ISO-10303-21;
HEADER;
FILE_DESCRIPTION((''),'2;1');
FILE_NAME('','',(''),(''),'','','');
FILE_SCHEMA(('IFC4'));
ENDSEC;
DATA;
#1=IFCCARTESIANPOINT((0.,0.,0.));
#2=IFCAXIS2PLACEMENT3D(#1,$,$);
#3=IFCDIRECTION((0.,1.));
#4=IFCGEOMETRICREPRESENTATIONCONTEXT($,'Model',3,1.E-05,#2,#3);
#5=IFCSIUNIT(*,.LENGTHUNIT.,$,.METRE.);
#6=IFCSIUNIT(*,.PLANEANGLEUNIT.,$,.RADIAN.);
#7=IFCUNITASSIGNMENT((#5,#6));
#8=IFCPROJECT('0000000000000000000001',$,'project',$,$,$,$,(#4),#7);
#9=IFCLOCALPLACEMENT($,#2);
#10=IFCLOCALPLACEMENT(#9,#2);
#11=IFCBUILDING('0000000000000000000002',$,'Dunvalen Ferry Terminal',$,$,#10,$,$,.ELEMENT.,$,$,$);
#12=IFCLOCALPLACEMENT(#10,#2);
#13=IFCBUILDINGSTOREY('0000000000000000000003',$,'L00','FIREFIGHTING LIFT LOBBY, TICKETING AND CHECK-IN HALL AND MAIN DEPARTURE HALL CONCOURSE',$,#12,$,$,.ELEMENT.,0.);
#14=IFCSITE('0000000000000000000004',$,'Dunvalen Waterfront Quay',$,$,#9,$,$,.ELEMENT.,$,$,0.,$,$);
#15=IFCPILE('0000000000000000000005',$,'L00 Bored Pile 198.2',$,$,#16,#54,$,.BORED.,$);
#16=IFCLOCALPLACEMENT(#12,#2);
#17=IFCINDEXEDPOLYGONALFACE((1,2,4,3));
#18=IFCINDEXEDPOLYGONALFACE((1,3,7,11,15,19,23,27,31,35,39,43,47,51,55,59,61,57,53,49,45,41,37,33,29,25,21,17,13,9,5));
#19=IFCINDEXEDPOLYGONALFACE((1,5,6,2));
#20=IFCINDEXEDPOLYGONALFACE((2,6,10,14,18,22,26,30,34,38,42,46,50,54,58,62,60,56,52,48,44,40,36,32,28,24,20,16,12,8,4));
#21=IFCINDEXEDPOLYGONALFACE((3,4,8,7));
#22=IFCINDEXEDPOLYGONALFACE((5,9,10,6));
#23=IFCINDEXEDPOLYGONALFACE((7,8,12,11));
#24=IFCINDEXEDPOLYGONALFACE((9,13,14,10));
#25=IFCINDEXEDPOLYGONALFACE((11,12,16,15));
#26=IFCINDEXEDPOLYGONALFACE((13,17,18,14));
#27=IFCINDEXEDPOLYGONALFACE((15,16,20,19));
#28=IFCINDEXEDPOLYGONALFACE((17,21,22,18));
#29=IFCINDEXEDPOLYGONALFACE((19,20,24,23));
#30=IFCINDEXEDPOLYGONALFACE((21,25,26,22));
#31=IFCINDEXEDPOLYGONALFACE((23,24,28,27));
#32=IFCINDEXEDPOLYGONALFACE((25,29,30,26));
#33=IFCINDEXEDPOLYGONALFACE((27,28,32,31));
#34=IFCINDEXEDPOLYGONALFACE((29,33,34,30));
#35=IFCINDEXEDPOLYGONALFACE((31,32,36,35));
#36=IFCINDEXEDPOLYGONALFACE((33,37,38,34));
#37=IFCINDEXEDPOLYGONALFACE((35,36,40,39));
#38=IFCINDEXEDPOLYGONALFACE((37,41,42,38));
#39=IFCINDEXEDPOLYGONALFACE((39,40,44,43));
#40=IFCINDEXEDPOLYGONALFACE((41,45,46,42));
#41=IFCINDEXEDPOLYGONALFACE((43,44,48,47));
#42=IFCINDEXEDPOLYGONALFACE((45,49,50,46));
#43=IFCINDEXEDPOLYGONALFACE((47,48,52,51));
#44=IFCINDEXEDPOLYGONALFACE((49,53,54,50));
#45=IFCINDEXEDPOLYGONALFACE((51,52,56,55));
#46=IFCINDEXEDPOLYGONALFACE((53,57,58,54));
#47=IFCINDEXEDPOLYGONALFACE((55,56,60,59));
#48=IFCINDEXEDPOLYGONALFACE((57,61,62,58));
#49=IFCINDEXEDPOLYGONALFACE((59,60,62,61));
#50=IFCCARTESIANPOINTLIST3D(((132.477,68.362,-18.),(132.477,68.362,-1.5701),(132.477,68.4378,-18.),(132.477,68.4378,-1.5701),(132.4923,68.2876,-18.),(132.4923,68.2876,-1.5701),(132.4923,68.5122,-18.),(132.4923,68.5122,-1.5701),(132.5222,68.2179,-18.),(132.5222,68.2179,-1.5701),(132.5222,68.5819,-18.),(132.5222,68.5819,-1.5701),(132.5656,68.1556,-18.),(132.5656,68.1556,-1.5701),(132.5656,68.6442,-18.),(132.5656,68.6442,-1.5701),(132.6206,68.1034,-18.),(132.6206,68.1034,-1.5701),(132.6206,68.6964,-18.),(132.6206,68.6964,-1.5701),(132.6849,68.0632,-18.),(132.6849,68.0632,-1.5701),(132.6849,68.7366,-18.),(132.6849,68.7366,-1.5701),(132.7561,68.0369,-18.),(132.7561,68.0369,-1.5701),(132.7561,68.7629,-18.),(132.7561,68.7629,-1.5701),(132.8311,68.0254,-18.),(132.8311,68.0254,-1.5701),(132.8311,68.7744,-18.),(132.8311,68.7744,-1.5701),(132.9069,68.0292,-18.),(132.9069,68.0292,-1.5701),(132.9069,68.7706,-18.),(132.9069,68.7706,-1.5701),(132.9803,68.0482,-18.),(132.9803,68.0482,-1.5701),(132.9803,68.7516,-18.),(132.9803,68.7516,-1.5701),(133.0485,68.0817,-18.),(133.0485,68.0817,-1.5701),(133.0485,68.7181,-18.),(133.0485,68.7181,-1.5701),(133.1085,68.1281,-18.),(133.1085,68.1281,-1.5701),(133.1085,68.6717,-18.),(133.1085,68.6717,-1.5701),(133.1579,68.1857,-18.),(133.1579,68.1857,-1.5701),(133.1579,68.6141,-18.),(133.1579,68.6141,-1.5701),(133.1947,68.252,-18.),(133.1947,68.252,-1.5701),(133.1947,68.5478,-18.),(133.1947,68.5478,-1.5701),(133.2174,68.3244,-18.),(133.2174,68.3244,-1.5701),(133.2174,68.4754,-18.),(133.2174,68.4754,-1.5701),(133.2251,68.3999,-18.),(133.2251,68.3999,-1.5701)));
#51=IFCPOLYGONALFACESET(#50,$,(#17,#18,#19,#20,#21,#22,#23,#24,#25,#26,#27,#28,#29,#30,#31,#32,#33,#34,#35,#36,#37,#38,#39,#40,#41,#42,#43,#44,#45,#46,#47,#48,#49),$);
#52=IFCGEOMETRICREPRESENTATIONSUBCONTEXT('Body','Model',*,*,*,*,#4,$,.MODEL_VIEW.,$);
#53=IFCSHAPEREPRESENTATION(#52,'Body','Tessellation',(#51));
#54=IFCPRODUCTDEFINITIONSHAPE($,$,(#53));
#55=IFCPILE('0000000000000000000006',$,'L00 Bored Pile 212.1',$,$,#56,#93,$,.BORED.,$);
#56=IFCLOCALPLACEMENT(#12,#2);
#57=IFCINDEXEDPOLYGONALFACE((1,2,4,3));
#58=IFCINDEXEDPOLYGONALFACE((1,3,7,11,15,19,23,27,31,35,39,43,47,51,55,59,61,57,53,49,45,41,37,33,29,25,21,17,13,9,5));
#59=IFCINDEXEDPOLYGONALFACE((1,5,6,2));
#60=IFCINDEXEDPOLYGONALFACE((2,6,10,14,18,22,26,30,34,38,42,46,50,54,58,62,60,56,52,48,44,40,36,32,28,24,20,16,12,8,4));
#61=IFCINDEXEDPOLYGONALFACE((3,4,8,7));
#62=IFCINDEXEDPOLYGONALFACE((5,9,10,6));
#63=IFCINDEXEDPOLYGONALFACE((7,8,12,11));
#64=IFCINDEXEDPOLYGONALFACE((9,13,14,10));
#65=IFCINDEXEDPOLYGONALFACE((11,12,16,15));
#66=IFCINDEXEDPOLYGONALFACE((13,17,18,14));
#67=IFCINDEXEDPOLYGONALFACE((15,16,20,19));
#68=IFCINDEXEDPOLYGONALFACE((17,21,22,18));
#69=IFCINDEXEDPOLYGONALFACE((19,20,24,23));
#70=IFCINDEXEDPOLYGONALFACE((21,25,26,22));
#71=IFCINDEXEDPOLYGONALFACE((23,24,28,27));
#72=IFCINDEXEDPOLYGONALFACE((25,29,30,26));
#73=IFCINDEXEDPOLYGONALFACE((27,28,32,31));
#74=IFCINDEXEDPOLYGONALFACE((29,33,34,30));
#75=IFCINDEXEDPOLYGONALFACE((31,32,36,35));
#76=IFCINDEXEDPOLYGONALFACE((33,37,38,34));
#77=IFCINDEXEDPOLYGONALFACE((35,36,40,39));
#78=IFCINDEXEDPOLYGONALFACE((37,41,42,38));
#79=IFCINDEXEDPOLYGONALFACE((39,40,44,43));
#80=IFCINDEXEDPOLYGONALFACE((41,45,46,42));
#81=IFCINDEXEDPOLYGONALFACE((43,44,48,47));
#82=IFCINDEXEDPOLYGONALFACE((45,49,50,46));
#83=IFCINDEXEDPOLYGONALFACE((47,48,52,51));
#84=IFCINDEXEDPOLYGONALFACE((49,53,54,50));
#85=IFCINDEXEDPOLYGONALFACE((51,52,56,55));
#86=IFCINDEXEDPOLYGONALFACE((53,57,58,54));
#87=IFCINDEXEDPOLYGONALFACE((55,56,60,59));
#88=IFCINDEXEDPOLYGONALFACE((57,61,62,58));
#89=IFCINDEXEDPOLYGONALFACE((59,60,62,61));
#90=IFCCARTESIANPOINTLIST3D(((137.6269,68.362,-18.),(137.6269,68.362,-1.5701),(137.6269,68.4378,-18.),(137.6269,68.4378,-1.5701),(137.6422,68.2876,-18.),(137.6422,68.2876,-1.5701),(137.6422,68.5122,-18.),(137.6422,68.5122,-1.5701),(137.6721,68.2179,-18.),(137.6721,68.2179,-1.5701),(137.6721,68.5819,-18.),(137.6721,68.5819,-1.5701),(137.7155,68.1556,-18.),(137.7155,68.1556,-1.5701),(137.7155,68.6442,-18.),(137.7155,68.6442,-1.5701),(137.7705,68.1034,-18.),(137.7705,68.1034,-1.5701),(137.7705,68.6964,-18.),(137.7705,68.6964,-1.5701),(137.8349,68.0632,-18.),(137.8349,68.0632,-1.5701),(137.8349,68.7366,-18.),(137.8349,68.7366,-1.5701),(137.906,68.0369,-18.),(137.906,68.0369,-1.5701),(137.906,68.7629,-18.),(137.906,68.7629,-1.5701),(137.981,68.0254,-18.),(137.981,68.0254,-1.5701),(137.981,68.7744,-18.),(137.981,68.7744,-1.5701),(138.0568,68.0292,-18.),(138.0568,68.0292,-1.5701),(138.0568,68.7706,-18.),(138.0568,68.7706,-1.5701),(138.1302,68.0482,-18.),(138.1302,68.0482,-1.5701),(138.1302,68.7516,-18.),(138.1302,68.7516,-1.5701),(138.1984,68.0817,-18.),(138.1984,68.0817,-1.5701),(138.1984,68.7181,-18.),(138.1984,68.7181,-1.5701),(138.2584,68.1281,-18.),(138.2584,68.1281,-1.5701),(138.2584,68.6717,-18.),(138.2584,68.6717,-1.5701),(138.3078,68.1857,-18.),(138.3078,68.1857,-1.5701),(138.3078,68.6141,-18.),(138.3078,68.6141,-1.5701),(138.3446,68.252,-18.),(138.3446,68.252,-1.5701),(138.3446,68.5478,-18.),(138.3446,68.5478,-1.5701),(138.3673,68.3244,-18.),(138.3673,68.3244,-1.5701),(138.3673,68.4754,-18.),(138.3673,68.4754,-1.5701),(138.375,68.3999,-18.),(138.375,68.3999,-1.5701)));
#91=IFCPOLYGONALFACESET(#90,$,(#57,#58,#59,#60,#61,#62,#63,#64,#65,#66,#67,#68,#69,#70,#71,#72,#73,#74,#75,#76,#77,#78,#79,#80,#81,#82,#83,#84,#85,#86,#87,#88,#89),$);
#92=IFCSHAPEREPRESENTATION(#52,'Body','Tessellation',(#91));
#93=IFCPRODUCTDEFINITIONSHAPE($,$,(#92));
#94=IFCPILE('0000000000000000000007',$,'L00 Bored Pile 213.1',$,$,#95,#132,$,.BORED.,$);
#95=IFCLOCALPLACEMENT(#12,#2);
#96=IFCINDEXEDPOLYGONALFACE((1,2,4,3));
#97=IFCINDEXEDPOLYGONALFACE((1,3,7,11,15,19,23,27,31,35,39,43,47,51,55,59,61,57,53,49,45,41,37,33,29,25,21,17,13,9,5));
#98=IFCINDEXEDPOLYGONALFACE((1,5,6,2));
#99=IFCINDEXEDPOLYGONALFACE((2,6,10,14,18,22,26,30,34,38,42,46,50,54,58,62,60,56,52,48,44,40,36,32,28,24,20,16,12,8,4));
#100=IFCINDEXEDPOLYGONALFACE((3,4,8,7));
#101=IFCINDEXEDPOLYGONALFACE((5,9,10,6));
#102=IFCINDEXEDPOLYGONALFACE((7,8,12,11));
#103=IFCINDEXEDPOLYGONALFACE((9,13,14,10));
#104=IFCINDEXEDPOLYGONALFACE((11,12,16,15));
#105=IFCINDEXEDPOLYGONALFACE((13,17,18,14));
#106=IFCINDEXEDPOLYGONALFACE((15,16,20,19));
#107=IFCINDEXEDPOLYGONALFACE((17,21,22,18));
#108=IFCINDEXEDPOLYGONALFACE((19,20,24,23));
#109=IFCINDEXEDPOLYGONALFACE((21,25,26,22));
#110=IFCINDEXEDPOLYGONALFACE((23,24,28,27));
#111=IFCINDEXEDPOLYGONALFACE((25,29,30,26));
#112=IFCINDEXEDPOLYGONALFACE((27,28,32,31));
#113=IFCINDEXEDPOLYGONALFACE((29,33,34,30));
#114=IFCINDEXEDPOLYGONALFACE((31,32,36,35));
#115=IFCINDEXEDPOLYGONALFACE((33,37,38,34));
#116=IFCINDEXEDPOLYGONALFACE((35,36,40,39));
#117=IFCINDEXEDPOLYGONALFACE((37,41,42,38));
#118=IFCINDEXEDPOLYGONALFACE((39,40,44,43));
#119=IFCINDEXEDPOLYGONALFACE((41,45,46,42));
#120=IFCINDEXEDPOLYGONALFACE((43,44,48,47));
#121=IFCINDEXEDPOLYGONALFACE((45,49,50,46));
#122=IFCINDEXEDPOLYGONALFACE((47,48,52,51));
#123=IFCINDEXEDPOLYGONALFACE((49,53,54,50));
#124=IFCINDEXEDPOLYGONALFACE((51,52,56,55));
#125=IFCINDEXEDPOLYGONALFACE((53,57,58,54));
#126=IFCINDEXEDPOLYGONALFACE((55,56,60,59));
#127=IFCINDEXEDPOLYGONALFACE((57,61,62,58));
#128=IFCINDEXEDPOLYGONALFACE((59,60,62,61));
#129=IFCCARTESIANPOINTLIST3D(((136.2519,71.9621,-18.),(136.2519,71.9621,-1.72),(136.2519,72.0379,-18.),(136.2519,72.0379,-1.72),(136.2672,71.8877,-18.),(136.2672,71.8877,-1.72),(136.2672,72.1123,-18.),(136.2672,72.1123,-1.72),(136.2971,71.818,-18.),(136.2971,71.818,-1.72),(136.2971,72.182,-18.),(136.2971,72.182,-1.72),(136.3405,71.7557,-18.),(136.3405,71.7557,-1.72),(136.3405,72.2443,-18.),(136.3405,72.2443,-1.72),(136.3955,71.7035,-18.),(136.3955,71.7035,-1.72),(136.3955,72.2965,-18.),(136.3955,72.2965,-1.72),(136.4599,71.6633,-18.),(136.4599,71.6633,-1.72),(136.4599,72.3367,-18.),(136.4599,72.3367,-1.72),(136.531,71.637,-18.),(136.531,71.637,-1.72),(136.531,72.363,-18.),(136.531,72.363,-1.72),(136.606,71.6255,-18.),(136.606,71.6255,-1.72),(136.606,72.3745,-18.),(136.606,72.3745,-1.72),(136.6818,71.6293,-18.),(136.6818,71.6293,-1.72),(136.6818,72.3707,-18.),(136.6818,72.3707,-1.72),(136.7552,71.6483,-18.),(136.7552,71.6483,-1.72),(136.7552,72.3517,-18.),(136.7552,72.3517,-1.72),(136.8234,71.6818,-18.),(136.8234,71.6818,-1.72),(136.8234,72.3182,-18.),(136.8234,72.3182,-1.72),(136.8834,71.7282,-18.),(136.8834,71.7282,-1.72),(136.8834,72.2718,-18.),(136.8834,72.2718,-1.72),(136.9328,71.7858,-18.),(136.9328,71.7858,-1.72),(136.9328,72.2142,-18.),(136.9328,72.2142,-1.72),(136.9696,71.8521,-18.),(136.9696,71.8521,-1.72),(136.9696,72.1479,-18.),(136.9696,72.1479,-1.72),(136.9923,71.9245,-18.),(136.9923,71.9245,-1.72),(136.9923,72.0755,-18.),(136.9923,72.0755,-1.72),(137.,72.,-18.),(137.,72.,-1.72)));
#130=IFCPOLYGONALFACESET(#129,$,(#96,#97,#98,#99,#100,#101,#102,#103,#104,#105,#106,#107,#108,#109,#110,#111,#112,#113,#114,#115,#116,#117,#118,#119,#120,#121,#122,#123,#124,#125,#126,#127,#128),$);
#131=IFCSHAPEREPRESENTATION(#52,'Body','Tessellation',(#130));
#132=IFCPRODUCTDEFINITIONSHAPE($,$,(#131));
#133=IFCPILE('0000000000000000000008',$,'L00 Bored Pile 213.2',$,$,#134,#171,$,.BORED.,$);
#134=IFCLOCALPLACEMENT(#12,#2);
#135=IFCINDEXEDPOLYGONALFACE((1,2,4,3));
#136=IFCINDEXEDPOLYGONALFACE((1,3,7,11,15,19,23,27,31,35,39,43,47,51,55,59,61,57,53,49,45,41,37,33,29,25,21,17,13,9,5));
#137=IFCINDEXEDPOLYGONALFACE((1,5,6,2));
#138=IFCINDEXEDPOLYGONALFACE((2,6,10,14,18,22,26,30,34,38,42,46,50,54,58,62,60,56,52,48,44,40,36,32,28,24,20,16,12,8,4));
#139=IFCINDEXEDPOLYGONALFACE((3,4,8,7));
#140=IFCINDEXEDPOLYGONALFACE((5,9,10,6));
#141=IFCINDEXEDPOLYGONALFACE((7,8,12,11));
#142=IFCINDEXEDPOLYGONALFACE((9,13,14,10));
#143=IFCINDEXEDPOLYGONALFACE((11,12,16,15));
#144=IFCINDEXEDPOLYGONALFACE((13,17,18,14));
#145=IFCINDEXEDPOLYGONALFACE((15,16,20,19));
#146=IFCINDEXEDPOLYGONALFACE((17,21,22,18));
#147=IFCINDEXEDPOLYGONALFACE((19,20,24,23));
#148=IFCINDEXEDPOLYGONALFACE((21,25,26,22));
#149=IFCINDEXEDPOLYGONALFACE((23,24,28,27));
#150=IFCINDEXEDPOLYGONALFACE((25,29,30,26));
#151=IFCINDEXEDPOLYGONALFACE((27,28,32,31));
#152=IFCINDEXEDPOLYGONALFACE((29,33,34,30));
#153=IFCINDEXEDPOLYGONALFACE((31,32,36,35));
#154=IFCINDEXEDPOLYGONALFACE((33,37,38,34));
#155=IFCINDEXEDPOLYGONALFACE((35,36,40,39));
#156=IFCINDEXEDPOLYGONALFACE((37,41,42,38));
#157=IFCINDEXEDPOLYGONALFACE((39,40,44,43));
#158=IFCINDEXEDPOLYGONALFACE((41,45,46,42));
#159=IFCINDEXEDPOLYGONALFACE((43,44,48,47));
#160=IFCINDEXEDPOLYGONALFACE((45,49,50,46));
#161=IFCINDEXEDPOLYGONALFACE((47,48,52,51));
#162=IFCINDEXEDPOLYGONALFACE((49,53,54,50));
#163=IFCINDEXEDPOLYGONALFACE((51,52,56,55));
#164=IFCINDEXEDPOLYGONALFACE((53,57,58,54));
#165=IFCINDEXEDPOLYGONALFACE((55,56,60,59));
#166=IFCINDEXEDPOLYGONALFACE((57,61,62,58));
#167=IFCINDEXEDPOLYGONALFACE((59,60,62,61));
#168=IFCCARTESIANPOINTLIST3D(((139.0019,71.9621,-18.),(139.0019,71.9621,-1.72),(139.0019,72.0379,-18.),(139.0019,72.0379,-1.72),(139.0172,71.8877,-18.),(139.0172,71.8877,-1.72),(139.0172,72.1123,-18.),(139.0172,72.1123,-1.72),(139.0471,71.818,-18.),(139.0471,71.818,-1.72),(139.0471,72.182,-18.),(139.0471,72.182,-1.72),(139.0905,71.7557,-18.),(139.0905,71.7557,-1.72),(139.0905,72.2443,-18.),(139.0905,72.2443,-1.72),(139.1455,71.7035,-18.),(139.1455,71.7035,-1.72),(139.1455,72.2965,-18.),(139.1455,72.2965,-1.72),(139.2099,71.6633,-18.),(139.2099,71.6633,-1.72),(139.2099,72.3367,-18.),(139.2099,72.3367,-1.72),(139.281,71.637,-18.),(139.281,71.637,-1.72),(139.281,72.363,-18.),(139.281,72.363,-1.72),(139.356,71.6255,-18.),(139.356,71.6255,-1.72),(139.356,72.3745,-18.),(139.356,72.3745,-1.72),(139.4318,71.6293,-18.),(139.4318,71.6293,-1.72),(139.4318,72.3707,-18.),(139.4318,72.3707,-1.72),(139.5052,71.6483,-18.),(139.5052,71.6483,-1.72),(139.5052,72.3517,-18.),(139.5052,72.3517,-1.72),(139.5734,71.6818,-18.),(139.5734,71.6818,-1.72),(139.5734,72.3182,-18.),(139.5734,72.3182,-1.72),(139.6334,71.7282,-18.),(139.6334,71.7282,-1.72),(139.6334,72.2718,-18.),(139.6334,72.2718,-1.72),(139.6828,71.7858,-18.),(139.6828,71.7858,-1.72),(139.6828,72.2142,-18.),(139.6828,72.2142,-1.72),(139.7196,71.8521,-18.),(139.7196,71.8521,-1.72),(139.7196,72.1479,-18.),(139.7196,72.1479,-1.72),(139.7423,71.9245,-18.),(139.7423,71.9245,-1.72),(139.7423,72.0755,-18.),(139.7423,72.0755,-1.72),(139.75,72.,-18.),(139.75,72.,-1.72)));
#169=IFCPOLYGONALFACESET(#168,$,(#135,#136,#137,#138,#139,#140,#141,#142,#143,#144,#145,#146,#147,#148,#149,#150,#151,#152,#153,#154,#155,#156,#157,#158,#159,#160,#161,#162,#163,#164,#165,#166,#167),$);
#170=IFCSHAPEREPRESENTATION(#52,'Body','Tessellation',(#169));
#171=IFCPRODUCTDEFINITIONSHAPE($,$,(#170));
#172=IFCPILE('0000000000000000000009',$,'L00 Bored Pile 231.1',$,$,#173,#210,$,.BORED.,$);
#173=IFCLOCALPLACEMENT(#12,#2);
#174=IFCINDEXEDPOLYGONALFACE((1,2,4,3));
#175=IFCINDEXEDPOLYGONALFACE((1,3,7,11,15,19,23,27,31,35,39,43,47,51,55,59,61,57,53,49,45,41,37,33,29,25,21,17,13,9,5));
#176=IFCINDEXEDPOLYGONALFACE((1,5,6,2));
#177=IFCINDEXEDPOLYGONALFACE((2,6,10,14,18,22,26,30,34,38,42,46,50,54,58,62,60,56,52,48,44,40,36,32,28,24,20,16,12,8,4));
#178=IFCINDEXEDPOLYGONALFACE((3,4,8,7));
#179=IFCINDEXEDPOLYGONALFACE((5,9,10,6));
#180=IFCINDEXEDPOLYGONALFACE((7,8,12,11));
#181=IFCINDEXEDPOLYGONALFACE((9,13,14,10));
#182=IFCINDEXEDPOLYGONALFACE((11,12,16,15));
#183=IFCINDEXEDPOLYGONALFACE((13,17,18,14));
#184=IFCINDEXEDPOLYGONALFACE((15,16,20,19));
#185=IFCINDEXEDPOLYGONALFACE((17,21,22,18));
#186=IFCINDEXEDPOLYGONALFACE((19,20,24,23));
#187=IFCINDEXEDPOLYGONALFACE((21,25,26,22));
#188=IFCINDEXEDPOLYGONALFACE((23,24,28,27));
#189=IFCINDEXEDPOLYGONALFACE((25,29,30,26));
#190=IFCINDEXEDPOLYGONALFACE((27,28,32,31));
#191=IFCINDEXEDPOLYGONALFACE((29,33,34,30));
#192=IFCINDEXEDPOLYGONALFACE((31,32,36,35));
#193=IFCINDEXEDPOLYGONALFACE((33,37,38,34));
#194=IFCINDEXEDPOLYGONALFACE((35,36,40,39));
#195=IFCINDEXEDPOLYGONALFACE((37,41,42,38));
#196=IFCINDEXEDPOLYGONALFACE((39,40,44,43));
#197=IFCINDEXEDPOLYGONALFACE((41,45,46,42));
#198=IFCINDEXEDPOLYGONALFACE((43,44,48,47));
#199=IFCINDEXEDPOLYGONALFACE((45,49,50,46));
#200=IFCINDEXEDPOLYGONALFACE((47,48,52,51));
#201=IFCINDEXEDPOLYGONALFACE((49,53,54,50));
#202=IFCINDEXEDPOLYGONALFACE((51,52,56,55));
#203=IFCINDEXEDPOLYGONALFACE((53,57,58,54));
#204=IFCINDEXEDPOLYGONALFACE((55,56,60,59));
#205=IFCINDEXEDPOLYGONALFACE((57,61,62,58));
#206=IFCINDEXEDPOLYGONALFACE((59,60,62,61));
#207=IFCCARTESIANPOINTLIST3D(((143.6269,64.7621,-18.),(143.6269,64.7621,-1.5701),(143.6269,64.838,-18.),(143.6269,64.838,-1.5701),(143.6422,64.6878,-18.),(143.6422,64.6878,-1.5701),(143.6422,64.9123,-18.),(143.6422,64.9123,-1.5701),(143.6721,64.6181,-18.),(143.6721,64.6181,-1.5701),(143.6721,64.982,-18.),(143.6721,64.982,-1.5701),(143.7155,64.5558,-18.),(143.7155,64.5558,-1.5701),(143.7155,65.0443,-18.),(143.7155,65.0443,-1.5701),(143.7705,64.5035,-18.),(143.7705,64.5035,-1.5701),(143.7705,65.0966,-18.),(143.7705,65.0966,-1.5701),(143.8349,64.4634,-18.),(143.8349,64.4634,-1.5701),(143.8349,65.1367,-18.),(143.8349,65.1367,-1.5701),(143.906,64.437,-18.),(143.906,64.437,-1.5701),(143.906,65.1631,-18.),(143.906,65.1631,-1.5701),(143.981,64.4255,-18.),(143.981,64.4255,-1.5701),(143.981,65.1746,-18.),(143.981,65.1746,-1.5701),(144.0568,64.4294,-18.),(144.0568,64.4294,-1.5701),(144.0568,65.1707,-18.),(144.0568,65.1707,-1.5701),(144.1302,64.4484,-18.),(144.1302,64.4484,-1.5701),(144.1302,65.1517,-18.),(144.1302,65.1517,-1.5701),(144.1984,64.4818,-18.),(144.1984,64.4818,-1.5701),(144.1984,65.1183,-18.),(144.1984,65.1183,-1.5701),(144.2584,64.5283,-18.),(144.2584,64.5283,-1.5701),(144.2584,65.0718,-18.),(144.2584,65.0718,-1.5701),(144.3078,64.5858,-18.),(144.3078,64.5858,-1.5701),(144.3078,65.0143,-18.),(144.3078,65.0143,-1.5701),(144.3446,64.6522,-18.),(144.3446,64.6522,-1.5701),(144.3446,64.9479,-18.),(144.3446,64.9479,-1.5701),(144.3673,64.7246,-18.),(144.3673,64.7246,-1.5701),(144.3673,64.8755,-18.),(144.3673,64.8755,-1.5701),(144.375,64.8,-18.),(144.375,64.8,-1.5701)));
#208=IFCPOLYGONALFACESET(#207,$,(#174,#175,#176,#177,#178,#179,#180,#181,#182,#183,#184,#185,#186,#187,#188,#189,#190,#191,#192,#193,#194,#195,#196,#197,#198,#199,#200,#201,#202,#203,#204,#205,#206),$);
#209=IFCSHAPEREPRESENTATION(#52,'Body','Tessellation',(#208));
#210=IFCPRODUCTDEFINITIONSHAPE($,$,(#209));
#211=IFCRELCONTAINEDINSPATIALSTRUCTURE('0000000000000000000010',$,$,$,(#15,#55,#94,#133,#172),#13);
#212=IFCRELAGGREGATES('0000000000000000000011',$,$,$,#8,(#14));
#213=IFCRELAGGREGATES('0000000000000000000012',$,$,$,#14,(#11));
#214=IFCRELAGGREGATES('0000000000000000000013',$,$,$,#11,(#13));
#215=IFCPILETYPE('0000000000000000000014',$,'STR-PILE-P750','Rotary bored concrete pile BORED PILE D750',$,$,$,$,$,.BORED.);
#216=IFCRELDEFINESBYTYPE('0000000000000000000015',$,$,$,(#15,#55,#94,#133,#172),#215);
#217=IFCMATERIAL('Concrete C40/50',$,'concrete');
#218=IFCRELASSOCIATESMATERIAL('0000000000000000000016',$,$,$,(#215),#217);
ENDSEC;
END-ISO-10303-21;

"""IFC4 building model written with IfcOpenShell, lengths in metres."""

from ifc_helpers import new_model, si_unit, direction, frame, origin, origin_2d, place, context, subcontext, project, spatial, circle, extrude, material, material_profile, profile_set, type_object, element, save


model = new_model("IFC4")

# Units and contexts
model_context = context("Model", 3, precision=1e-05, world=origin(), true_north=direction((0.0, 1.0)))
body_context = subcontext(model_context, "Body", "Model", "MODEL_VIEW")
ifc_project = project(units=[si_unit("LENGTHUNIT", "METRE"), si_unit("PLANEANGLEUNIT", "RADIAN")], contexts=[model_context])

# Site, building, storey
site_placement = place(None, origin())
site = spatial("IfcSite", under=ifc_project, at=site_placement, Name="Dunvalen Waterfront Quay", CompositionType="ELEMENT", RefElevation=0.0)
building_placement = place(site_placement, origin())
building = spatial("IfcBuilding", under=site, at=building_placement, Name="Dunvalen Ferry Terminal", CompositionType="ELEMENT")
storey_placement = place(building_placement, origin())
storey = spatial("IfcBuildingStorey", under=building, at=storey_placement, Name="L00", Description="FIREFIGHTING LIFT LOBBY, TICKETING AND CHECK-IN HALL AND MAIN DEPARTURE HALL CONCOURSE", CompositionType="ELEMENT", Elevation=0.0)

# Shared definitions
ifc_material_1 = material(Name="Concrete C40/50", Category="concrete")

# Piles
ifc_material_profile_1 = material_profile(ifc_material_1, circle(Radius=0.375, at=origin_2d()), Name="Concrete C40/50")
ifc_profile_set_1 = profile_set([ifc_material_profile_1], Name="Concrete C40/50")
pile_type = type_object("IfcPileType", Name="STR-PILE-P750", Description="Rotary bored concrete pile BORED PILE D750", PredefinedType="BORED", material=ifc_profile_set_1)
for number, where, z_axis, x_axis, name in (
    (1, (132.8501, 68.3999, -1.5701), (0.0, 0.0, -1.0), (1.0, 0.0, 0.0), "L00 Bored Pile 198.2"),
    (2, (138.0, 68.3999, -1.5701), (0.0, 0.0, -1.0), (1.0, 0.0, 0.0), "L00 Bored Pile 212.1"),
):
    element("IfcPile", number, at=place(storey_placement, frame(where, z_axis=z_axis, x_axis=x_axis)), inside=storey, type_object=pile_type, Name=name, PredefinedType="BORED", context=body_context, shape_type="SweptSolid", body=[
        extrude(circle(Radius=0.375, at=origin_2d()), origin(), (0.0, 0.0, 1.0), 16.4299),
    ])
for number, where, z_axis, x_axis, name in (
    (3, (136.625, 72.0, -1.72), (0.0, 0.0, -1.0), (1.0, 0.0, 0.0), "L00 Bored Pile 213.1"),
    (4, (139.375, 72.0, -1.72), (0.0, 0.0, -1.0), (1.0, 0.0, 0.0), "L00 Bored Pile 213.2"),
):
    element("IfcPile", number, at=place(storey_placement, frame(where, z_axis=z_axis, x_axis=x_axis)), inside=storey, type_object=pile_type, Name=name, PredefinedType="BORED", context=body_context, shape_type="SweptSolid", body=[
        extrude(circle(Radius=0.375, at=origin_2d()), origin(), (0.0, 0.0, 1.0), 16.28),
    ])
pile_placement = place(storey_placement, frame((144.0, 64.8, -1.5701), z_axis=(0.0, 0.0, -1.0), x_axis=(1.0, 0.0, 0.0)))
element("IfcPile", 5, at=pile_placement, inside=storey, type_object=pile_type, Name="L00 Bored Pile 231.1", PredefinedType="BORED", context=body_context, shape_type="SweptSolid", body=[
    extrude(circle(Radius=0.375, at=origin_2d()), origin(), (0.0, 0.0, 1.0), 16.4299),
])

save(model, "model.ifc")
